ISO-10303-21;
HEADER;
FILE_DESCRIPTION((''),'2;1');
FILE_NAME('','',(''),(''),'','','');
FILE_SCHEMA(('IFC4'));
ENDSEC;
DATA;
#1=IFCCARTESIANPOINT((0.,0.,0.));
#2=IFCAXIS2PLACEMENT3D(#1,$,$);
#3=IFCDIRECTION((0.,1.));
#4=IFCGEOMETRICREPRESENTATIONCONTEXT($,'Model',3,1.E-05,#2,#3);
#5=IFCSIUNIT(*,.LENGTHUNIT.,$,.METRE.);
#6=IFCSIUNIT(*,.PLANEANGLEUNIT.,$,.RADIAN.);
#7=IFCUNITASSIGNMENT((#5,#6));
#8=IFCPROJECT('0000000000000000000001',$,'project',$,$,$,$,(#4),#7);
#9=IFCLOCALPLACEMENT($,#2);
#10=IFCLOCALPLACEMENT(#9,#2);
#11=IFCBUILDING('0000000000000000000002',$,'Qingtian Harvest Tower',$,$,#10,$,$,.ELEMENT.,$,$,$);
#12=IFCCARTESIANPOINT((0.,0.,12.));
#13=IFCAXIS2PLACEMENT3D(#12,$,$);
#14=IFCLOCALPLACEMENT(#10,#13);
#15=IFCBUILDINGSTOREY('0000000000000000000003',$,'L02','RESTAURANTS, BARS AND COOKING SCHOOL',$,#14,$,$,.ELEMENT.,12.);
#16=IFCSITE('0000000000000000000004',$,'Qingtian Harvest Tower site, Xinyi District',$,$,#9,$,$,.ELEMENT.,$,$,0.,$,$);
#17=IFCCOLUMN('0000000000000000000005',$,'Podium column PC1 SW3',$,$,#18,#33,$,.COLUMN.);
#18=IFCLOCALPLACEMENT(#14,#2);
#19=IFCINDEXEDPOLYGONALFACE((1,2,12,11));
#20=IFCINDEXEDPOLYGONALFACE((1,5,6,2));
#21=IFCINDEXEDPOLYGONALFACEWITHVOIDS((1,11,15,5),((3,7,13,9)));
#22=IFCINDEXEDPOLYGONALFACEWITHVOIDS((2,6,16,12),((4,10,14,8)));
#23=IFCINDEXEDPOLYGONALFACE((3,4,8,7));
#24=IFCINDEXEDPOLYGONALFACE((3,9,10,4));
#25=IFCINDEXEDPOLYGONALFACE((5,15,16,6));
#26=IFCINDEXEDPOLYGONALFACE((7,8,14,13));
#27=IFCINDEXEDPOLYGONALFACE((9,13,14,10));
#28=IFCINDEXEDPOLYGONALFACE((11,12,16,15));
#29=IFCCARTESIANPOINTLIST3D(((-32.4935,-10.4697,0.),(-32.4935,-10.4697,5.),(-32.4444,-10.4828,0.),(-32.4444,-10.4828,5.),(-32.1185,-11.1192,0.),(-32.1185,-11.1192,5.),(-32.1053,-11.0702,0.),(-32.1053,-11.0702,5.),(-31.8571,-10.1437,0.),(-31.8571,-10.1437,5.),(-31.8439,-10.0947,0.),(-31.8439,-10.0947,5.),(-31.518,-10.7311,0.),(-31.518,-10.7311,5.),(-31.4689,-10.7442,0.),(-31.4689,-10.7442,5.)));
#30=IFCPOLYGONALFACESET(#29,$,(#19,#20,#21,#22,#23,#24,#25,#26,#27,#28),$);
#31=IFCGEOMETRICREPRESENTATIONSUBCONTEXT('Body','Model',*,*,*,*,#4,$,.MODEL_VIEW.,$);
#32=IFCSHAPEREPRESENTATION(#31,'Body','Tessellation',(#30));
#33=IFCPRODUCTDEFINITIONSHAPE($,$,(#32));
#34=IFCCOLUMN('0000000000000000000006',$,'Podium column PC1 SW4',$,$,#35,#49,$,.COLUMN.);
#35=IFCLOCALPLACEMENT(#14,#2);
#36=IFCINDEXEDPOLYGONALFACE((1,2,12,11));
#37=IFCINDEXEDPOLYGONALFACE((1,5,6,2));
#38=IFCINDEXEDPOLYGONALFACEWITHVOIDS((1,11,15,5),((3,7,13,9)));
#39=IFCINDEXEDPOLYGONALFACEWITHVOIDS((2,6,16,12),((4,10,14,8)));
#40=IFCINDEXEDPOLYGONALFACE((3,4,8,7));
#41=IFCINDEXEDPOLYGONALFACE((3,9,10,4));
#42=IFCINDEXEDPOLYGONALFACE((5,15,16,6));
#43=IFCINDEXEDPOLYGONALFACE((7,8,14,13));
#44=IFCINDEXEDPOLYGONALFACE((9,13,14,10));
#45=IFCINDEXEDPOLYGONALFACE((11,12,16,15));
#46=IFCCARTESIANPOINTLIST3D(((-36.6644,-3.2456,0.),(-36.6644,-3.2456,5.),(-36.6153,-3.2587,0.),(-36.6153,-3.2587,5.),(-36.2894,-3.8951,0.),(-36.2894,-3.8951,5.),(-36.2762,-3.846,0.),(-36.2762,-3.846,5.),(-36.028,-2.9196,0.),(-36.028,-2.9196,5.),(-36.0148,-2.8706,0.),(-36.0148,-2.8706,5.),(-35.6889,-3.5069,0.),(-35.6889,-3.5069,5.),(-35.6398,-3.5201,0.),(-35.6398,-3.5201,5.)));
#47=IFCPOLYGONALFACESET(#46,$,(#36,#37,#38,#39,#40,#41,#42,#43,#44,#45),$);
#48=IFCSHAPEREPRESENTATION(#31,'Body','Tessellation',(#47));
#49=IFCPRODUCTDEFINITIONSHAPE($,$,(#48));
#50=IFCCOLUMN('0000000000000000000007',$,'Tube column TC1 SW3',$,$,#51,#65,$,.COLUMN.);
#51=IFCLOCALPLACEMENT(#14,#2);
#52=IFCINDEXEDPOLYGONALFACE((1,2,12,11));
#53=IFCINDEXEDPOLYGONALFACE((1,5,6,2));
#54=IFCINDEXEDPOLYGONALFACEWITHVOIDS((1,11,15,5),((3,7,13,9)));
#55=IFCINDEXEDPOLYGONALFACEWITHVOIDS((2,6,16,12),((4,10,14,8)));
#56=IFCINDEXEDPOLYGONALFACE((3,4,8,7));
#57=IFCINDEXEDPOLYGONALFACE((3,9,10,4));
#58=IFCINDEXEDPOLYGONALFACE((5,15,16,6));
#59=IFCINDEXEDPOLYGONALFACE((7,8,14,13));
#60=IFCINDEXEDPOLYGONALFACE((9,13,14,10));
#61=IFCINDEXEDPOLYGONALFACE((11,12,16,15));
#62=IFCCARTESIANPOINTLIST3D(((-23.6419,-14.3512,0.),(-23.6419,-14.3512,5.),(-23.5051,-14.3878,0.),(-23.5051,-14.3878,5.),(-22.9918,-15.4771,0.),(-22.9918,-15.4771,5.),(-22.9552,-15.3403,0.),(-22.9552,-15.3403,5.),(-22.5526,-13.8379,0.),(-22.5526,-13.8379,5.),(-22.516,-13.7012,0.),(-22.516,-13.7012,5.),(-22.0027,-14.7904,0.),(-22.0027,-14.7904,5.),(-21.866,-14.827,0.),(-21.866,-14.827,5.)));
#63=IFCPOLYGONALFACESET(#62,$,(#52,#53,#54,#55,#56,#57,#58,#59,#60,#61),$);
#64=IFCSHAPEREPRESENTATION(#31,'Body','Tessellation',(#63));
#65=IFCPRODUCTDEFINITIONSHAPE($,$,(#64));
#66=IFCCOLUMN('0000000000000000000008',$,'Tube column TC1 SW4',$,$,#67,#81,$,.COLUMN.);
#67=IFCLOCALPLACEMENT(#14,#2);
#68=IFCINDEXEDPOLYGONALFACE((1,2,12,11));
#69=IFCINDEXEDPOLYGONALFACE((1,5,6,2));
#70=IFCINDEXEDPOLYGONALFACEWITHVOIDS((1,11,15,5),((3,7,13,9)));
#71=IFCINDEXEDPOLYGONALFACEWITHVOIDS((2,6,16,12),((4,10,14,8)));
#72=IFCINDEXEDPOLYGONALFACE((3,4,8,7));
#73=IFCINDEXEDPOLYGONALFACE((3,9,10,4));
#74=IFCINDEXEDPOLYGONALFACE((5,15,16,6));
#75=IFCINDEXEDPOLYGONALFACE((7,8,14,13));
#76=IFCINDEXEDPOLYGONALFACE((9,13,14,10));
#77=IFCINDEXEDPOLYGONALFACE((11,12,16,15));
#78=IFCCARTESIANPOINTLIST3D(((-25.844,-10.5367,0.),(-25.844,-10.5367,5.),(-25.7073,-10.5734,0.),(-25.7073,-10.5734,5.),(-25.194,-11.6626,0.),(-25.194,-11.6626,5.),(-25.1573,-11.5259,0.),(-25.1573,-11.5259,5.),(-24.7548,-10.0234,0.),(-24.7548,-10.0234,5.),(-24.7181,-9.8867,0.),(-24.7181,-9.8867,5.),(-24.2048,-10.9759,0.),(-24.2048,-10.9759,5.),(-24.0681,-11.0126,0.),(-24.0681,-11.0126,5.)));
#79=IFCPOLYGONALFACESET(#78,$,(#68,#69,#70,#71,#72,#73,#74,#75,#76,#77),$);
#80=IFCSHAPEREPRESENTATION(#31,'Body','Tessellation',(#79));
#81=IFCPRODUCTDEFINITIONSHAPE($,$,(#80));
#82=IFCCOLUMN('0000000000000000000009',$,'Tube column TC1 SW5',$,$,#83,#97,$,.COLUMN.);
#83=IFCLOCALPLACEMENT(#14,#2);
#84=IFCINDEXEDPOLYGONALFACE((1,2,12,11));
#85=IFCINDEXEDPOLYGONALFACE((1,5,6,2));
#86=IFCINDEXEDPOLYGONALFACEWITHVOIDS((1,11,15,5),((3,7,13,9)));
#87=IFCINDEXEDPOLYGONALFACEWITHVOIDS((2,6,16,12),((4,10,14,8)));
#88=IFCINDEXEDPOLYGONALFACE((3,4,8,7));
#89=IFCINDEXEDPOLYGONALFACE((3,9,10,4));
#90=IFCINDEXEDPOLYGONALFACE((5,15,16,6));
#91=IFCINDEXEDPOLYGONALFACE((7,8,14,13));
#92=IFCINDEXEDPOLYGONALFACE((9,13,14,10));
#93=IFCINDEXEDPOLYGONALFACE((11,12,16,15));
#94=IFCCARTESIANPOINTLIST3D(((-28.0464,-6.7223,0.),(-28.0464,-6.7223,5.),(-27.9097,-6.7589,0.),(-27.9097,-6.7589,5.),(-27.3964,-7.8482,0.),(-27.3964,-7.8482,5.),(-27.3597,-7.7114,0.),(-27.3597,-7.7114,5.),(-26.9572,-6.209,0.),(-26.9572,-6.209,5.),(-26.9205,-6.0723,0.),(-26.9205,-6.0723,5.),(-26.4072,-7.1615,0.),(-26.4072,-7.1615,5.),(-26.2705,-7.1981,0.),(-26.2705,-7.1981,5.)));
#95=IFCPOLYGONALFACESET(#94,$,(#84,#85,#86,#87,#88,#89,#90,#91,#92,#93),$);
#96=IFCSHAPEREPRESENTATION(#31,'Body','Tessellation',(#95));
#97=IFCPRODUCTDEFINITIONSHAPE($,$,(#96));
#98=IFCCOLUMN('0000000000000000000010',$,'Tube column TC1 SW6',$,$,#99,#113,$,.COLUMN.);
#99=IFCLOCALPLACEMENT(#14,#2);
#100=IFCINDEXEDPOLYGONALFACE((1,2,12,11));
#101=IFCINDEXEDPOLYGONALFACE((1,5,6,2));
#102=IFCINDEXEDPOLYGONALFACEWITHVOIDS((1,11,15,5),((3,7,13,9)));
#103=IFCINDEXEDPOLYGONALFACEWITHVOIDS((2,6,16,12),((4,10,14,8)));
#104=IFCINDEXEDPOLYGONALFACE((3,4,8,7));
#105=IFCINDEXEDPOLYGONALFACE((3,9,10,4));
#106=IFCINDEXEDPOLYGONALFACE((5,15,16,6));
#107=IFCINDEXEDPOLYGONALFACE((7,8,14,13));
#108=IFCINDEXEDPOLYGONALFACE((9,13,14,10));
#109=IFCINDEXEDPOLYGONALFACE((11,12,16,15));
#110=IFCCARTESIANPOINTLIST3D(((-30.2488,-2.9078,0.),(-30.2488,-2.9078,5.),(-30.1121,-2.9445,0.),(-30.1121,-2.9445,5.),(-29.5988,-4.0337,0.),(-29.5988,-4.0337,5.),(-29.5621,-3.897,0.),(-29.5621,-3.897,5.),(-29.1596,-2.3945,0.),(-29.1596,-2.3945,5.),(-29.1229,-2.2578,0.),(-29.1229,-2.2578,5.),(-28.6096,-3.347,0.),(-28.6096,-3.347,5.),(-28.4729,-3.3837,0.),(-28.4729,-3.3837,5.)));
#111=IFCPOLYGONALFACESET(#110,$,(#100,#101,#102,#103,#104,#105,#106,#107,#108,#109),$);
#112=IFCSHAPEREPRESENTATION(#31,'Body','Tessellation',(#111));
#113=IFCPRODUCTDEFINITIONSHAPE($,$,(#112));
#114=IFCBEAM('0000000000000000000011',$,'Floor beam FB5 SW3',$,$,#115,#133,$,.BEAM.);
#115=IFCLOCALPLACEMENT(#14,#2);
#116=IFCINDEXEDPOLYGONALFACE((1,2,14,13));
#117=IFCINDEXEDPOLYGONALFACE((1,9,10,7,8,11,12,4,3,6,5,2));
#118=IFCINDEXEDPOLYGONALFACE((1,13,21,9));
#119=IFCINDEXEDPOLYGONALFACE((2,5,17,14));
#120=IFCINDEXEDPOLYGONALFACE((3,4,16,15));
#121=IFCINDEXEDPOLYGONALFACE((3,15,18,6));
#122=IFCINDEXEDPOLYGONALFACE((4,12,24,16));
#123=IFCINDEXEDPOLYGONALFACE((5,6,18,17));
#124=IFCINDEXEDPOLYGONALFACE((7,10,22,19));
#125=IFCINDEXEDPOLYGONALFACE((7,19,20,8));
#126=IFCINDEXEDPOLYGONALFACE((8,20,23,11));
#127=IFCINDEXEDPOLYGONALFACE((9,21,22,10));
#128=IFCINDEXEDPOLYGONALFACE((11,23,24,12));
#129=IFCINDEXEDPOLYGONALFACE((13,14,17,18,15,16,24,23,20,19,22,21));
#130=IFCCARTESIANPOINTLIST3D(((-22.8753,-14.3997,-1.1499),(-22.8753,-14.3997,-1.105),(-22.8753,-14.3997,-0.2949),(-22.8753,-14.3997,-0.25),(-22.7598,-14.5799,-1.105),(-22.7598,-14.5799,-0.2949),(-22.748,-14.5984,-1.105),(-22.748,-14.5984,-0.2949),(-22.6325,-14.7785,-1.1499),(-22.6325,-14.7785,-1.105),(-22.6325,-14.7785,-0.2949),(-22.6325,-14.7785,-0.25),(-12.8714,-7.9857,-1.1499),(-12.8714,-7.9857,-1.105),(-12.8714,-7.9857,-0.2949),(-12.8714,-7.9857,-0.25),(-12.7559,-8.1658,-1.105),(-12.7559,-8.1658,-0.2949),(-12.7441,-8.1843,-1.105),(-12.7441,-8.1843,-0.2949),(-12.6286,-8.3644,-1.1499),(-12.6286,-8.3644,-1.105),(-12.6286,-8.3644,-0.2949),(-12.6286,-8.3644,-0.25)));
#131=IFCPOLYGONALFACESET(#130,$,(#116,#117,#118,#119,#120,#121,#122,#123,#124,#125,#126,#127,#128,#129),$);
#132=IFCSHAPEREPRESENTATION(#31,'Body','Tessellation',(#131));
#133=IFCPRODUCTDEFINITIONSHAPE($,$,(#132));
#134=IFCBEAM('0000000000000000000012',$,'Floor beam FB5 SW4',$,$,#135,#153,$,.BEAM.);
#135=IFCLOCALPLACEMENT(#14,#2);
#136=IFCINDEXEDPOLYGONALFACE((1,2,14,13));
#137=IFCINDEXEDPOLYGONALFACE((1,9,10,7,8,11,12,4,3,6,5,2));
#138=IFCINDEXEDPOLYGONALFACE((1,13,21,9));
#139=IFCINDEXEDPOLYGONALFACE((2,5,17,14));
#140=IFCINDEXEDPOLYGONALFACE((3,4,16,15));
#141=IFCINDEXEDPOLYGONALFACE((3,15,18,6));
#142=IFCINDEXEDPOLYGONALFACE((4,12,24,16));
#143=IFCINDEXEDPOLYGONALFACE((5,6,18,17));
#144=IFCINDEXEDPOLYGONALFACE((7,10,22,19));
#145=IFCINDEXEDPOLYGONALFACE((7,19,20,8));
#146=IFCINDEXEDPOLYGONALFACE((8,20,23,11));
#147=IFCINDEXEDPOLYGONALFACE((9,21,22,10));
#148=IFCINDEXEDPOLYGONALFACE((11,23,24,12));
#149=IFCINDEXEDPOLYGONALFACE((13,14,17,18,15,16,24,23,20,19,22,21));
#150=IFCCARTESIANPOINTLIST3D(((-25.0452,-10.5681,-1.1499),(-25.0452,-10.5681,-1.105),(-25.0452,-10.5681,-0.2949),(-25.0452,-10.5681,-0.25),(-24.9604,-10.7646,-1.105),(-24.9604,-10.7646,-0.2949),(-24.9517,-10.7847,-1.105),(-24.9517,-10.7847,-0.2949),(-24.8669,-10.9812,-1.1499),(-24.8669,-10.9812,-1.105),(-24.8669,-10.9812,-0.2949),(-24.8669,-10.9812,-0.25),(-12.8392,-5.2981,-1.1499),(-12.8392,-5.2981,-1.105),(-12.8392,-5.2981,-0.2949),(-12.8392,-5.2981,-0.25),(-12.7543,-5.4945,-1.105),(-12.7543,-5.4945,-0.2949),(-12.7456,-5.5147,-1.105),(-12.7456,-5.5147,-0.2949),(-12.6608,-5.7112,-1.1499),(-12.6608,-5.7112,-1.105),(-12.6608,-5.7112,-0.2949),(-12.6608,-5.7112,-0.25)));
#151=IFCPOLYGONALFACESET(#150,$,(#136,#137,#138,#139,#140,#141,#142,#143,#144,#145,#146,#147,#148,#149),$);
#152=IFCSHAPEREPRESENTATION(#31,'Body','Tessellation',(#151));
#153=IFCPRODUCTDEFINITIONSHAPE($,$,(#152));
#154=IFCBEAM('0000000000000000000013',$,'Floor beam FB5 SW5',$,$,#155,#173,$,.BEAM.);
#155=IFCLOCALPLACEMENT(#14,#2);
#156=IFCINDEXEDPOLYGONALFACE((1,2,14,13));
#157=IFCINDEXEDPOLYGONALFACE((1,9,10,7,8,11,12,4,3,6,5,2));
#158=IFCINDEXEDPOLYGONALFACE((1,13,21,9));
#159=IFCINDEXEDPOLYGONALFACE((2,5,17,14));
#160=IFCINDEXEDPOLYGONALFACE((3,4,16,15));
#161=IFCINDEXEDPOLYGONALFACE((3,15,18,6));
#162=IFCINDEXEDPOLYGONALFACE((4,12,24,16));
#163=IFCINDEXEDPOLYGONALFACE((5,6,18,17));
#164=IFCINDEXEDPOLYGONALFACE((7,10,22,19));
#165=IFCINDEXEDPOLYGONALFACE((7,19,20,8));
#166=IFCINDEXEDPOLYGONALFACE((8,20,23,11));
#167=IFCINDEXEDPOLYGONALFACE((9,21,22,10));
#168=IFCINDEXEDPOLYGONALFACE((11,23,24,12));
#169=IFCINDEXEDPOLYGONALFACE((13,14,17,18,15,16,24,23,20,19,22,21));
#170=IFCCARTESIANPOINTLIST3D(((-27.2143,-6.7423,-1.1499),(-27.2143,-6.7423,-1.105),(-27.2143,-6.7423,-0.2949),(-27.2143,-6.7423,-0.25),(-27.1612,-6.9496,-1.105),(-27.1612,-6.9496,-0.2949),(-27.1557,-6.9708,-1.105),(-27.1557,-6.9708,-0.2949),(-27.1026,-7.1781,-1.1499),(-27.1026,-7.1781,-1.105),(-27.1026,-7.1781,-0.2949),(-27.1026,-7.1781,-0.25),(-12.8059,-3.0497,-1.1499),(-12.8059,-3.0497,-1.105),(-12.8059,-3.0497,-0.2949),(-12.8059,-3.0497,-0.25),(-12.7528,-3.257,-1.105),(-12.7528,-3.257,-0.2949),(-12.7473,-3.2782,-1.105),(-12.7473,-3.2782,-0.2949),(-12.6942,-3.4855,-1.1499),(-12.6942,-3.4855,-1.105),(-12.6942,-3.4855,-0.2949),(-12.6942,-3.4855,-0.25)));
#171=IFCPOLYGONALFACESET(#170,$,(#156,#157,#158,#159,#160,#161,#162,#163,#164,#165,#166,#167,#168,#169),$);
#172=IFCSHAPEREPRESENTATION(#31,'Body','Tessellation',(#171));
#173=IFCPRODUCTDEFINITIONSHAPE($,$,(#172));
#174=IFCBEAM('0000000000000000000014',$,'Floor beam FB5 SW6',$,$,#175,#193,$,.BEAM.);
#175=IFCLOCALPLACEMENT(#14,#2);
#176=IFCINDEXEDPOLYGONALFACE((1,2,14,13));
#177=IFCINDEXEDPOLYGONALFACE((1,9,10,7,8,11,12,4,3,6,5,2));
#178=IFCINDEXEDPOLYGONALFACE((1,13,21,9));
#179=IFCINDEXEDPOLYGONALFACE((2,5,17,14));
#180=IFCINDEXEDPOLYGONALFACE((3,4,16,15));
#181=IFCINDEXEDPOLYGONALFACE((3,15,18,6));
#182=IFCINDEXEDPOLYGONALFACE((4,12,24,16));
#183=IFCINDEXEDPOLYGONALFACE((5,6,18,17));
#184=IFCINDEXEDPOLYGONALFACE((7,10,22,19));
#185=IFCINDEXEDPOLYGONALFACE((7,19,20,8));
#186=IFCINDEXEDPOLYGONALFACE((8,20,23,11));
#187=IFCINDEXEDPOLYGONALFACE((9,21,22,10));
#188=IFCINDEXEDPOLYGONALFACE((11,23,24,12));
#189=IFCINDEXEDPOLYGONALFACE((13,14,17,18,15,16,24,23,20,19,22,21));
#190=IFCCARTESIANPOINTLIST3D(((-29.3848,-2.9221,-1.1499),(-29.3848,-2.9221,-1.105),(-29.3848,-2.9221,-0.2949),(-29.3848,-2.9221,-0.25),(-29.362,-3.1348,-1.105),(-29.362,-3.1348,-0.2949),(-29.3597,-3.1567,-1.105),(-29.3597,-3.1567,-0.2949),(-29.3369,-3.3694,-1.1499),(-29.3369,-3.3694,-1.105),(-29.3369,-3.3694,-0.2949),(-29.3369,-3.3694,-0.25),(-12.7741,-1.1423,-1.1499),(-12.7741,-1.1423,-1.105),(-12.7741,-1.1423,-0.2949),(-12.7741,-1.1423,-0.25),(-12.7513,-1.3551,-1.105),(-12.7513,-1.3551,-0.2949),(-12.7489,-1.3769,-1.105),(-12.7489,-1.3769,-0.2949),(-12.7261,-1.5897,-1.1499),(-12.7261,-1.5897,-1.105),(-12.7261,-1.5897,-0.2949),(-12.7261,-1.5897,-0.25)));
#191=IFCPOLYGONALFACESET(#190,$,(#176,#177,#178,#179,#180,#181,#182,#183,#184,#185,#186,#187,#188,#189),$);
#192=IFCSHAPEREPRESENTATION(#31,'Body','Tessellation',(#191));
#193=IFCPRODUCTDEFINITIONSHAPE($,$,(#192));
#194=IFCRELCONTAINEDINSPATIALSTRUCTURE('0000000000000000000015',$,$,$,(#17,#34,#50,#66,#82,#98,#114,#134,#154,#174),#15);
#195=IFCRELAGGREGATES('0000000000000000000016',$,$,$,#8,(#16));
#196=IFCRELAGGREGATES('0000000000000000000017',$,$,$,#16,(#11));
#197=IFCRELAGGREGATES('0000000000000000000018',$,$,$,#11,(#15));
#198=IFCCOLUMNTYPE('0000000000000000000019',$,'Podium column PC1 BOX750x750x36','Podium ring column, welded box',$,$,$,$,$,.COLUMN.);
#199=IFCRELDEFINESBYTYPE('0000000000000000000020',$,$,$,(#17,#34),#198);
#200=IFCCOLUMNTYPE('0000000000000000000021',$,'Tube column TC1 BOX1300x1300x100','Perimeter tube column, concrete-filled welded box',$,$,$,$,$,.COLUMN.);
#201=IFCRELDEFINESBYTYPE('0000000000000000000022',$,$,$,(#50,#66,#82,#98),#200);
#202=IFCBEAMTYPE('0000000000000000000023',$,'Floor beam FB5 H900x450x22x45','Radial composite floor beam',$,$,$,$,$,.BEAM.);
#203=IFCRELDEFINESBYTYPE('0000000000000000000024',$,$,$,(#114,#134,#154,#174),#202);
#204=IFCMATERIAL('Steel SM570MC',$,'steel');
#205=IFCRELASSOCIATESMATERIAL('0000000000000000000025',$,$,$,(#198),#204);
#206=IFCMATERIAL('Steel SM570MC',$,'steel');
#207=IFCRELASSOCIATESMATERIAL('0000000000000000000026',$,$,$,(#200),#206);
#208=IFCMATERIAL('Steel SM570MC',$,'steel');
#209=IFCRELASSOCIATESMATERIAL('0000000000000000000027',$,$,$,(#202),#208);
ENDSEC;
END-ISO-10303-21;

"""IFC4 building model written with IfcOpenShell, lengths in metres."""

from ifc_helpers import new_model, si_unit, direction, frame, origin, origin_2d, place, context, subcontext, project, spatial, hollow_rectangle, i_section, extrude, material, material_profile, profile_set, type_object, element, save


model = new_model("IFC4")

# Units and contexts
model_context = context("Model", 3, precision=1e-05, world=origin(), true_north=direction((0.0, 1.0)))
body_context = subcontext(model_context, "Body", "Model", "MODEL_VIEW")
ifc_project = project(units=[si_unit("LENGTHUNIT", "METRE"), si_unit("PLANEANGLEUNIT", "RADIAN")], contexts=[model_context])

# Site, building, storey
site_placement = place(None, origin())
site = spatial("IfcSite", under=ifc_project, at=site_placement, Name="Qingtian Harvest Tower site, Xinyi District", CompositionType="ELEMENT", RefElevation=0.0)
building_placement = place(site_placement, origin())
building = spatial("IfcBuilding", under=site, at=building_placement, Name="Qingtian Harvest Tower", CompositionType="ELEMENT")
storey_placement = place(building_placement, frame((0.0, 0.0, 12.0)))
storey = spatial("IfcBuildingStorey", under=building, at=storey_placement, Name="L02", Description="RESTAURANTS, BARS AND COOKING SCHOOL", CompositionType="ELEMENT", Elevation=12.0)

# Columns
ifc_material_1 = material(Name="Steel SM570MC", Category="steel")
ifc_material_profile_1 = material_profile(ifc_material_1, hollow_rectangle(XDim=0.75, YDim=0.75, WallThickness=0.0359, at=origin_2d()), Name="BOX750x750x36")
ifc_profile_set_1 = profile_set([ifc_material_profile_1], Name="Steel SM570MC")
column_type_1 = type_object("IfcColumnType", Name="Podium column PC1 BOX750x750x36", Description="Podium ring column, welded box", PredefinedType="COLUMN", material=ifc_profile_set_1)
for number, where, z_axis, x_axis, name in (
    (1, (-31.9812, -10.6069, 0.0), (0.0, 0.0, 1.0), (0.5, -0.866025, 0.0), "Podium column PC1 SW3"),
    (2, (-36.1521, -3.3828, 0.0), (0.0, 0.0, 1.0), (0.5, -0.866025, 0.0), "Podium column PC1 SW4"),
):
    element("IfcColumn", number, at=place(storey_placement, frame(where, z_axis=z_axis, x_axis=x_axis)), inside=storey, type_object=column_type_1, Name=name, PredefinedType="COLUMN", context=body_context, shape_type="SweptSolid", body=[
        extrude(hollow_rectangle(XDim=0.75, YDim=0.75, WallThickness=0.0359, at=origin_2d()), origin(), (0.0, 0.0, 1.0), 5.0),
    ])
ifc_material_2 = material(Name="Steel SM570MC", Category="steel")
ifc_material_profile_2 = material_profile(ifc_material_2, hollow_rectangle(XDim=1.3, YDim=1.3, WallThickness=0.1001, at=origin_2d()), Name="BOX1300x1300x100")
ifc_profile_set_2 = profile_set([ifc_material_profile_2], Name="Steel SM570MC")
column_type_2 = type_object("IfcColumnType", Name="Tube column TC1 BOX1300x1300x100", Description="Perimeter tube column, concrete-filled welded box", PredefinedType="COLUMN", material=ifc_profile_set_2)
for number, where, z_axis, x_axis, name in (
    (3, (-22.7539, -14.5891, 0.0), (0.0, 0.0, 1.0), (0.5, -0.866025, 0.0), "Tube column TC1 SW3"),
    (4, (-24.9561, -10.7747, 0.0), (0.0, 0.0, 1.0), (0.5, -0.866025, 0.0), "Tube column TC1 SW4"),
    (5, (-27.1584, -6.9602, 0.0), (0.0, 0.0, 1.0), (0.5, -0.866025, 0.0), "Tube column TC1 SW5"),
    (6, (-29.3608, -3.1458, 0.0), (0.0, 0.0, 1.0), (0.5, -0.866025, 0.0), "Tube column TC1 SW6"),
):
    element("IfcColumn", number, at=place(storey_placement, frame(where, z_axis=z_axis, x_axis=x_axis)), inside=storey, type_object=column_type_2, Name=name, PredefinedType="COLUMN", context=body_context, shape_type="SweptSolid", body=[
        extrude(hollow_rectangle(XDim=1.3, YDim=1.3, WallThickness=0.1001, at=origin_2d()), origin(), (0.0, 0.0, 1.0), 5.0),
    ])

# Beams
ifc_material_3 = material(Name="Steel SM570MC", Category="steel")
ifc_material_profile_3 = material_profile(ifc_material_3, i_section(OverallWidth=0.45, OverallDepth=0.8999, WebThickness=0.022, FlangeThickness=0.0449, at=origin_2d()), Name="H900x450x22x45")
ifc_profile_set_3 = profile_set([ifc_material_profile_3], Name="Steel SM570MC")
beam_type_1 = type_object("IfcBeamType", Name="Floor beam FB5 H900x450x22x45", Description="Radial composite floor beam", PredefinedType="BEAM", material=ifc_profile_set_3)
beam_1_placement = place(storey_placement, frame((-22.7539, -14.5891, -0.7), z_axis=(0.841829, 0.539744, 0.0), x_axis=(-0.539744, 0.841829, 0.0)))
element("IfcBeam", 7, at=beam_1_placement, inside=storey, type_object=beam_type_1, Name="Floor beam FB5 SW3", PredefinedType="BEAM", context=body_context, shape_type="SweptSolid", body=[
    extrude(i_section(OverallWidth=0.45, OverallDepth=0.8999, WebThickness=0.022, FlangeThickness=0.0449, at=origin_2d()), origin(), (0.0, 0.0, 1.0), 11.8835),
])
beam_2_placement = place(storey_placement, frame((-24.9561, -10.7747, -0.7), z_axis=(0.918084, 0.396387, 0.0), x_axis=(-0.396387, 0.918084, 0.0)))
element("IfcBeam", 8, at=beam_2_placement, inside=storey, type_object=beam_type_1, Name="Floor beam FB5 SW4", PredefinedType="BEAM", context=body_context, shape_type="SweptSolid", body=[
    extrude(i_section(OverallWidth=0.45, OverallDepth=0.8999, WebThickness=0.022, FlangeThickness=0.0449, at=origin_2d()), origin(), (0.0, 0.0, 1.0), 13.2952),
])
beam_3_placement = place(storey_placement, frame((-27.1584, -6.9602, -0.7), z_axis=(0.968694, 0.248259, 0.0), x_axis=(-0.248259, 0.968694, 0.0)))
element("IfcBeam", 9, at=beam_3_placement, inside=storey, type_object=beam_type_1, Name="Floor beam FB5 SW5", PredefinedType="BEAM", context=body_context, shape_type="SweptSolid", body=[
    extrude(i_section(OverallWidth=0.45, OverallDepth=0.8999, WebThickness=0.022, FlangeThickness=0.0449, at=origin_2d()), origin(), (0.0, 0.0, 1.0), 14.874),
])
beam_4_placement = place(storey_placement, frame((-29.3608, -3.1458, -0.7), z_axis=(0.994309, 0.106536, 0.0), x_axis=(-0.106536, 0.994309, 0.0)))
element("IfcBeam", 10, at=beam_4_placement, inside=storey, type_object=beam_type_1, Name="Floor beam FB5 SW6", PredefinedType="BEAM", context=body_context, shape_type="SweptSolid", body=[
    extrude(i_section(OverallWidth=0.45, OverallDepth=0.8999, WebThickness=0.022, FlangeThickness=0.0449, at=origin_2d()), origin(), (0.0, 0.0, 1.0), 16.7058),
])

save(model, "model.ifc")
